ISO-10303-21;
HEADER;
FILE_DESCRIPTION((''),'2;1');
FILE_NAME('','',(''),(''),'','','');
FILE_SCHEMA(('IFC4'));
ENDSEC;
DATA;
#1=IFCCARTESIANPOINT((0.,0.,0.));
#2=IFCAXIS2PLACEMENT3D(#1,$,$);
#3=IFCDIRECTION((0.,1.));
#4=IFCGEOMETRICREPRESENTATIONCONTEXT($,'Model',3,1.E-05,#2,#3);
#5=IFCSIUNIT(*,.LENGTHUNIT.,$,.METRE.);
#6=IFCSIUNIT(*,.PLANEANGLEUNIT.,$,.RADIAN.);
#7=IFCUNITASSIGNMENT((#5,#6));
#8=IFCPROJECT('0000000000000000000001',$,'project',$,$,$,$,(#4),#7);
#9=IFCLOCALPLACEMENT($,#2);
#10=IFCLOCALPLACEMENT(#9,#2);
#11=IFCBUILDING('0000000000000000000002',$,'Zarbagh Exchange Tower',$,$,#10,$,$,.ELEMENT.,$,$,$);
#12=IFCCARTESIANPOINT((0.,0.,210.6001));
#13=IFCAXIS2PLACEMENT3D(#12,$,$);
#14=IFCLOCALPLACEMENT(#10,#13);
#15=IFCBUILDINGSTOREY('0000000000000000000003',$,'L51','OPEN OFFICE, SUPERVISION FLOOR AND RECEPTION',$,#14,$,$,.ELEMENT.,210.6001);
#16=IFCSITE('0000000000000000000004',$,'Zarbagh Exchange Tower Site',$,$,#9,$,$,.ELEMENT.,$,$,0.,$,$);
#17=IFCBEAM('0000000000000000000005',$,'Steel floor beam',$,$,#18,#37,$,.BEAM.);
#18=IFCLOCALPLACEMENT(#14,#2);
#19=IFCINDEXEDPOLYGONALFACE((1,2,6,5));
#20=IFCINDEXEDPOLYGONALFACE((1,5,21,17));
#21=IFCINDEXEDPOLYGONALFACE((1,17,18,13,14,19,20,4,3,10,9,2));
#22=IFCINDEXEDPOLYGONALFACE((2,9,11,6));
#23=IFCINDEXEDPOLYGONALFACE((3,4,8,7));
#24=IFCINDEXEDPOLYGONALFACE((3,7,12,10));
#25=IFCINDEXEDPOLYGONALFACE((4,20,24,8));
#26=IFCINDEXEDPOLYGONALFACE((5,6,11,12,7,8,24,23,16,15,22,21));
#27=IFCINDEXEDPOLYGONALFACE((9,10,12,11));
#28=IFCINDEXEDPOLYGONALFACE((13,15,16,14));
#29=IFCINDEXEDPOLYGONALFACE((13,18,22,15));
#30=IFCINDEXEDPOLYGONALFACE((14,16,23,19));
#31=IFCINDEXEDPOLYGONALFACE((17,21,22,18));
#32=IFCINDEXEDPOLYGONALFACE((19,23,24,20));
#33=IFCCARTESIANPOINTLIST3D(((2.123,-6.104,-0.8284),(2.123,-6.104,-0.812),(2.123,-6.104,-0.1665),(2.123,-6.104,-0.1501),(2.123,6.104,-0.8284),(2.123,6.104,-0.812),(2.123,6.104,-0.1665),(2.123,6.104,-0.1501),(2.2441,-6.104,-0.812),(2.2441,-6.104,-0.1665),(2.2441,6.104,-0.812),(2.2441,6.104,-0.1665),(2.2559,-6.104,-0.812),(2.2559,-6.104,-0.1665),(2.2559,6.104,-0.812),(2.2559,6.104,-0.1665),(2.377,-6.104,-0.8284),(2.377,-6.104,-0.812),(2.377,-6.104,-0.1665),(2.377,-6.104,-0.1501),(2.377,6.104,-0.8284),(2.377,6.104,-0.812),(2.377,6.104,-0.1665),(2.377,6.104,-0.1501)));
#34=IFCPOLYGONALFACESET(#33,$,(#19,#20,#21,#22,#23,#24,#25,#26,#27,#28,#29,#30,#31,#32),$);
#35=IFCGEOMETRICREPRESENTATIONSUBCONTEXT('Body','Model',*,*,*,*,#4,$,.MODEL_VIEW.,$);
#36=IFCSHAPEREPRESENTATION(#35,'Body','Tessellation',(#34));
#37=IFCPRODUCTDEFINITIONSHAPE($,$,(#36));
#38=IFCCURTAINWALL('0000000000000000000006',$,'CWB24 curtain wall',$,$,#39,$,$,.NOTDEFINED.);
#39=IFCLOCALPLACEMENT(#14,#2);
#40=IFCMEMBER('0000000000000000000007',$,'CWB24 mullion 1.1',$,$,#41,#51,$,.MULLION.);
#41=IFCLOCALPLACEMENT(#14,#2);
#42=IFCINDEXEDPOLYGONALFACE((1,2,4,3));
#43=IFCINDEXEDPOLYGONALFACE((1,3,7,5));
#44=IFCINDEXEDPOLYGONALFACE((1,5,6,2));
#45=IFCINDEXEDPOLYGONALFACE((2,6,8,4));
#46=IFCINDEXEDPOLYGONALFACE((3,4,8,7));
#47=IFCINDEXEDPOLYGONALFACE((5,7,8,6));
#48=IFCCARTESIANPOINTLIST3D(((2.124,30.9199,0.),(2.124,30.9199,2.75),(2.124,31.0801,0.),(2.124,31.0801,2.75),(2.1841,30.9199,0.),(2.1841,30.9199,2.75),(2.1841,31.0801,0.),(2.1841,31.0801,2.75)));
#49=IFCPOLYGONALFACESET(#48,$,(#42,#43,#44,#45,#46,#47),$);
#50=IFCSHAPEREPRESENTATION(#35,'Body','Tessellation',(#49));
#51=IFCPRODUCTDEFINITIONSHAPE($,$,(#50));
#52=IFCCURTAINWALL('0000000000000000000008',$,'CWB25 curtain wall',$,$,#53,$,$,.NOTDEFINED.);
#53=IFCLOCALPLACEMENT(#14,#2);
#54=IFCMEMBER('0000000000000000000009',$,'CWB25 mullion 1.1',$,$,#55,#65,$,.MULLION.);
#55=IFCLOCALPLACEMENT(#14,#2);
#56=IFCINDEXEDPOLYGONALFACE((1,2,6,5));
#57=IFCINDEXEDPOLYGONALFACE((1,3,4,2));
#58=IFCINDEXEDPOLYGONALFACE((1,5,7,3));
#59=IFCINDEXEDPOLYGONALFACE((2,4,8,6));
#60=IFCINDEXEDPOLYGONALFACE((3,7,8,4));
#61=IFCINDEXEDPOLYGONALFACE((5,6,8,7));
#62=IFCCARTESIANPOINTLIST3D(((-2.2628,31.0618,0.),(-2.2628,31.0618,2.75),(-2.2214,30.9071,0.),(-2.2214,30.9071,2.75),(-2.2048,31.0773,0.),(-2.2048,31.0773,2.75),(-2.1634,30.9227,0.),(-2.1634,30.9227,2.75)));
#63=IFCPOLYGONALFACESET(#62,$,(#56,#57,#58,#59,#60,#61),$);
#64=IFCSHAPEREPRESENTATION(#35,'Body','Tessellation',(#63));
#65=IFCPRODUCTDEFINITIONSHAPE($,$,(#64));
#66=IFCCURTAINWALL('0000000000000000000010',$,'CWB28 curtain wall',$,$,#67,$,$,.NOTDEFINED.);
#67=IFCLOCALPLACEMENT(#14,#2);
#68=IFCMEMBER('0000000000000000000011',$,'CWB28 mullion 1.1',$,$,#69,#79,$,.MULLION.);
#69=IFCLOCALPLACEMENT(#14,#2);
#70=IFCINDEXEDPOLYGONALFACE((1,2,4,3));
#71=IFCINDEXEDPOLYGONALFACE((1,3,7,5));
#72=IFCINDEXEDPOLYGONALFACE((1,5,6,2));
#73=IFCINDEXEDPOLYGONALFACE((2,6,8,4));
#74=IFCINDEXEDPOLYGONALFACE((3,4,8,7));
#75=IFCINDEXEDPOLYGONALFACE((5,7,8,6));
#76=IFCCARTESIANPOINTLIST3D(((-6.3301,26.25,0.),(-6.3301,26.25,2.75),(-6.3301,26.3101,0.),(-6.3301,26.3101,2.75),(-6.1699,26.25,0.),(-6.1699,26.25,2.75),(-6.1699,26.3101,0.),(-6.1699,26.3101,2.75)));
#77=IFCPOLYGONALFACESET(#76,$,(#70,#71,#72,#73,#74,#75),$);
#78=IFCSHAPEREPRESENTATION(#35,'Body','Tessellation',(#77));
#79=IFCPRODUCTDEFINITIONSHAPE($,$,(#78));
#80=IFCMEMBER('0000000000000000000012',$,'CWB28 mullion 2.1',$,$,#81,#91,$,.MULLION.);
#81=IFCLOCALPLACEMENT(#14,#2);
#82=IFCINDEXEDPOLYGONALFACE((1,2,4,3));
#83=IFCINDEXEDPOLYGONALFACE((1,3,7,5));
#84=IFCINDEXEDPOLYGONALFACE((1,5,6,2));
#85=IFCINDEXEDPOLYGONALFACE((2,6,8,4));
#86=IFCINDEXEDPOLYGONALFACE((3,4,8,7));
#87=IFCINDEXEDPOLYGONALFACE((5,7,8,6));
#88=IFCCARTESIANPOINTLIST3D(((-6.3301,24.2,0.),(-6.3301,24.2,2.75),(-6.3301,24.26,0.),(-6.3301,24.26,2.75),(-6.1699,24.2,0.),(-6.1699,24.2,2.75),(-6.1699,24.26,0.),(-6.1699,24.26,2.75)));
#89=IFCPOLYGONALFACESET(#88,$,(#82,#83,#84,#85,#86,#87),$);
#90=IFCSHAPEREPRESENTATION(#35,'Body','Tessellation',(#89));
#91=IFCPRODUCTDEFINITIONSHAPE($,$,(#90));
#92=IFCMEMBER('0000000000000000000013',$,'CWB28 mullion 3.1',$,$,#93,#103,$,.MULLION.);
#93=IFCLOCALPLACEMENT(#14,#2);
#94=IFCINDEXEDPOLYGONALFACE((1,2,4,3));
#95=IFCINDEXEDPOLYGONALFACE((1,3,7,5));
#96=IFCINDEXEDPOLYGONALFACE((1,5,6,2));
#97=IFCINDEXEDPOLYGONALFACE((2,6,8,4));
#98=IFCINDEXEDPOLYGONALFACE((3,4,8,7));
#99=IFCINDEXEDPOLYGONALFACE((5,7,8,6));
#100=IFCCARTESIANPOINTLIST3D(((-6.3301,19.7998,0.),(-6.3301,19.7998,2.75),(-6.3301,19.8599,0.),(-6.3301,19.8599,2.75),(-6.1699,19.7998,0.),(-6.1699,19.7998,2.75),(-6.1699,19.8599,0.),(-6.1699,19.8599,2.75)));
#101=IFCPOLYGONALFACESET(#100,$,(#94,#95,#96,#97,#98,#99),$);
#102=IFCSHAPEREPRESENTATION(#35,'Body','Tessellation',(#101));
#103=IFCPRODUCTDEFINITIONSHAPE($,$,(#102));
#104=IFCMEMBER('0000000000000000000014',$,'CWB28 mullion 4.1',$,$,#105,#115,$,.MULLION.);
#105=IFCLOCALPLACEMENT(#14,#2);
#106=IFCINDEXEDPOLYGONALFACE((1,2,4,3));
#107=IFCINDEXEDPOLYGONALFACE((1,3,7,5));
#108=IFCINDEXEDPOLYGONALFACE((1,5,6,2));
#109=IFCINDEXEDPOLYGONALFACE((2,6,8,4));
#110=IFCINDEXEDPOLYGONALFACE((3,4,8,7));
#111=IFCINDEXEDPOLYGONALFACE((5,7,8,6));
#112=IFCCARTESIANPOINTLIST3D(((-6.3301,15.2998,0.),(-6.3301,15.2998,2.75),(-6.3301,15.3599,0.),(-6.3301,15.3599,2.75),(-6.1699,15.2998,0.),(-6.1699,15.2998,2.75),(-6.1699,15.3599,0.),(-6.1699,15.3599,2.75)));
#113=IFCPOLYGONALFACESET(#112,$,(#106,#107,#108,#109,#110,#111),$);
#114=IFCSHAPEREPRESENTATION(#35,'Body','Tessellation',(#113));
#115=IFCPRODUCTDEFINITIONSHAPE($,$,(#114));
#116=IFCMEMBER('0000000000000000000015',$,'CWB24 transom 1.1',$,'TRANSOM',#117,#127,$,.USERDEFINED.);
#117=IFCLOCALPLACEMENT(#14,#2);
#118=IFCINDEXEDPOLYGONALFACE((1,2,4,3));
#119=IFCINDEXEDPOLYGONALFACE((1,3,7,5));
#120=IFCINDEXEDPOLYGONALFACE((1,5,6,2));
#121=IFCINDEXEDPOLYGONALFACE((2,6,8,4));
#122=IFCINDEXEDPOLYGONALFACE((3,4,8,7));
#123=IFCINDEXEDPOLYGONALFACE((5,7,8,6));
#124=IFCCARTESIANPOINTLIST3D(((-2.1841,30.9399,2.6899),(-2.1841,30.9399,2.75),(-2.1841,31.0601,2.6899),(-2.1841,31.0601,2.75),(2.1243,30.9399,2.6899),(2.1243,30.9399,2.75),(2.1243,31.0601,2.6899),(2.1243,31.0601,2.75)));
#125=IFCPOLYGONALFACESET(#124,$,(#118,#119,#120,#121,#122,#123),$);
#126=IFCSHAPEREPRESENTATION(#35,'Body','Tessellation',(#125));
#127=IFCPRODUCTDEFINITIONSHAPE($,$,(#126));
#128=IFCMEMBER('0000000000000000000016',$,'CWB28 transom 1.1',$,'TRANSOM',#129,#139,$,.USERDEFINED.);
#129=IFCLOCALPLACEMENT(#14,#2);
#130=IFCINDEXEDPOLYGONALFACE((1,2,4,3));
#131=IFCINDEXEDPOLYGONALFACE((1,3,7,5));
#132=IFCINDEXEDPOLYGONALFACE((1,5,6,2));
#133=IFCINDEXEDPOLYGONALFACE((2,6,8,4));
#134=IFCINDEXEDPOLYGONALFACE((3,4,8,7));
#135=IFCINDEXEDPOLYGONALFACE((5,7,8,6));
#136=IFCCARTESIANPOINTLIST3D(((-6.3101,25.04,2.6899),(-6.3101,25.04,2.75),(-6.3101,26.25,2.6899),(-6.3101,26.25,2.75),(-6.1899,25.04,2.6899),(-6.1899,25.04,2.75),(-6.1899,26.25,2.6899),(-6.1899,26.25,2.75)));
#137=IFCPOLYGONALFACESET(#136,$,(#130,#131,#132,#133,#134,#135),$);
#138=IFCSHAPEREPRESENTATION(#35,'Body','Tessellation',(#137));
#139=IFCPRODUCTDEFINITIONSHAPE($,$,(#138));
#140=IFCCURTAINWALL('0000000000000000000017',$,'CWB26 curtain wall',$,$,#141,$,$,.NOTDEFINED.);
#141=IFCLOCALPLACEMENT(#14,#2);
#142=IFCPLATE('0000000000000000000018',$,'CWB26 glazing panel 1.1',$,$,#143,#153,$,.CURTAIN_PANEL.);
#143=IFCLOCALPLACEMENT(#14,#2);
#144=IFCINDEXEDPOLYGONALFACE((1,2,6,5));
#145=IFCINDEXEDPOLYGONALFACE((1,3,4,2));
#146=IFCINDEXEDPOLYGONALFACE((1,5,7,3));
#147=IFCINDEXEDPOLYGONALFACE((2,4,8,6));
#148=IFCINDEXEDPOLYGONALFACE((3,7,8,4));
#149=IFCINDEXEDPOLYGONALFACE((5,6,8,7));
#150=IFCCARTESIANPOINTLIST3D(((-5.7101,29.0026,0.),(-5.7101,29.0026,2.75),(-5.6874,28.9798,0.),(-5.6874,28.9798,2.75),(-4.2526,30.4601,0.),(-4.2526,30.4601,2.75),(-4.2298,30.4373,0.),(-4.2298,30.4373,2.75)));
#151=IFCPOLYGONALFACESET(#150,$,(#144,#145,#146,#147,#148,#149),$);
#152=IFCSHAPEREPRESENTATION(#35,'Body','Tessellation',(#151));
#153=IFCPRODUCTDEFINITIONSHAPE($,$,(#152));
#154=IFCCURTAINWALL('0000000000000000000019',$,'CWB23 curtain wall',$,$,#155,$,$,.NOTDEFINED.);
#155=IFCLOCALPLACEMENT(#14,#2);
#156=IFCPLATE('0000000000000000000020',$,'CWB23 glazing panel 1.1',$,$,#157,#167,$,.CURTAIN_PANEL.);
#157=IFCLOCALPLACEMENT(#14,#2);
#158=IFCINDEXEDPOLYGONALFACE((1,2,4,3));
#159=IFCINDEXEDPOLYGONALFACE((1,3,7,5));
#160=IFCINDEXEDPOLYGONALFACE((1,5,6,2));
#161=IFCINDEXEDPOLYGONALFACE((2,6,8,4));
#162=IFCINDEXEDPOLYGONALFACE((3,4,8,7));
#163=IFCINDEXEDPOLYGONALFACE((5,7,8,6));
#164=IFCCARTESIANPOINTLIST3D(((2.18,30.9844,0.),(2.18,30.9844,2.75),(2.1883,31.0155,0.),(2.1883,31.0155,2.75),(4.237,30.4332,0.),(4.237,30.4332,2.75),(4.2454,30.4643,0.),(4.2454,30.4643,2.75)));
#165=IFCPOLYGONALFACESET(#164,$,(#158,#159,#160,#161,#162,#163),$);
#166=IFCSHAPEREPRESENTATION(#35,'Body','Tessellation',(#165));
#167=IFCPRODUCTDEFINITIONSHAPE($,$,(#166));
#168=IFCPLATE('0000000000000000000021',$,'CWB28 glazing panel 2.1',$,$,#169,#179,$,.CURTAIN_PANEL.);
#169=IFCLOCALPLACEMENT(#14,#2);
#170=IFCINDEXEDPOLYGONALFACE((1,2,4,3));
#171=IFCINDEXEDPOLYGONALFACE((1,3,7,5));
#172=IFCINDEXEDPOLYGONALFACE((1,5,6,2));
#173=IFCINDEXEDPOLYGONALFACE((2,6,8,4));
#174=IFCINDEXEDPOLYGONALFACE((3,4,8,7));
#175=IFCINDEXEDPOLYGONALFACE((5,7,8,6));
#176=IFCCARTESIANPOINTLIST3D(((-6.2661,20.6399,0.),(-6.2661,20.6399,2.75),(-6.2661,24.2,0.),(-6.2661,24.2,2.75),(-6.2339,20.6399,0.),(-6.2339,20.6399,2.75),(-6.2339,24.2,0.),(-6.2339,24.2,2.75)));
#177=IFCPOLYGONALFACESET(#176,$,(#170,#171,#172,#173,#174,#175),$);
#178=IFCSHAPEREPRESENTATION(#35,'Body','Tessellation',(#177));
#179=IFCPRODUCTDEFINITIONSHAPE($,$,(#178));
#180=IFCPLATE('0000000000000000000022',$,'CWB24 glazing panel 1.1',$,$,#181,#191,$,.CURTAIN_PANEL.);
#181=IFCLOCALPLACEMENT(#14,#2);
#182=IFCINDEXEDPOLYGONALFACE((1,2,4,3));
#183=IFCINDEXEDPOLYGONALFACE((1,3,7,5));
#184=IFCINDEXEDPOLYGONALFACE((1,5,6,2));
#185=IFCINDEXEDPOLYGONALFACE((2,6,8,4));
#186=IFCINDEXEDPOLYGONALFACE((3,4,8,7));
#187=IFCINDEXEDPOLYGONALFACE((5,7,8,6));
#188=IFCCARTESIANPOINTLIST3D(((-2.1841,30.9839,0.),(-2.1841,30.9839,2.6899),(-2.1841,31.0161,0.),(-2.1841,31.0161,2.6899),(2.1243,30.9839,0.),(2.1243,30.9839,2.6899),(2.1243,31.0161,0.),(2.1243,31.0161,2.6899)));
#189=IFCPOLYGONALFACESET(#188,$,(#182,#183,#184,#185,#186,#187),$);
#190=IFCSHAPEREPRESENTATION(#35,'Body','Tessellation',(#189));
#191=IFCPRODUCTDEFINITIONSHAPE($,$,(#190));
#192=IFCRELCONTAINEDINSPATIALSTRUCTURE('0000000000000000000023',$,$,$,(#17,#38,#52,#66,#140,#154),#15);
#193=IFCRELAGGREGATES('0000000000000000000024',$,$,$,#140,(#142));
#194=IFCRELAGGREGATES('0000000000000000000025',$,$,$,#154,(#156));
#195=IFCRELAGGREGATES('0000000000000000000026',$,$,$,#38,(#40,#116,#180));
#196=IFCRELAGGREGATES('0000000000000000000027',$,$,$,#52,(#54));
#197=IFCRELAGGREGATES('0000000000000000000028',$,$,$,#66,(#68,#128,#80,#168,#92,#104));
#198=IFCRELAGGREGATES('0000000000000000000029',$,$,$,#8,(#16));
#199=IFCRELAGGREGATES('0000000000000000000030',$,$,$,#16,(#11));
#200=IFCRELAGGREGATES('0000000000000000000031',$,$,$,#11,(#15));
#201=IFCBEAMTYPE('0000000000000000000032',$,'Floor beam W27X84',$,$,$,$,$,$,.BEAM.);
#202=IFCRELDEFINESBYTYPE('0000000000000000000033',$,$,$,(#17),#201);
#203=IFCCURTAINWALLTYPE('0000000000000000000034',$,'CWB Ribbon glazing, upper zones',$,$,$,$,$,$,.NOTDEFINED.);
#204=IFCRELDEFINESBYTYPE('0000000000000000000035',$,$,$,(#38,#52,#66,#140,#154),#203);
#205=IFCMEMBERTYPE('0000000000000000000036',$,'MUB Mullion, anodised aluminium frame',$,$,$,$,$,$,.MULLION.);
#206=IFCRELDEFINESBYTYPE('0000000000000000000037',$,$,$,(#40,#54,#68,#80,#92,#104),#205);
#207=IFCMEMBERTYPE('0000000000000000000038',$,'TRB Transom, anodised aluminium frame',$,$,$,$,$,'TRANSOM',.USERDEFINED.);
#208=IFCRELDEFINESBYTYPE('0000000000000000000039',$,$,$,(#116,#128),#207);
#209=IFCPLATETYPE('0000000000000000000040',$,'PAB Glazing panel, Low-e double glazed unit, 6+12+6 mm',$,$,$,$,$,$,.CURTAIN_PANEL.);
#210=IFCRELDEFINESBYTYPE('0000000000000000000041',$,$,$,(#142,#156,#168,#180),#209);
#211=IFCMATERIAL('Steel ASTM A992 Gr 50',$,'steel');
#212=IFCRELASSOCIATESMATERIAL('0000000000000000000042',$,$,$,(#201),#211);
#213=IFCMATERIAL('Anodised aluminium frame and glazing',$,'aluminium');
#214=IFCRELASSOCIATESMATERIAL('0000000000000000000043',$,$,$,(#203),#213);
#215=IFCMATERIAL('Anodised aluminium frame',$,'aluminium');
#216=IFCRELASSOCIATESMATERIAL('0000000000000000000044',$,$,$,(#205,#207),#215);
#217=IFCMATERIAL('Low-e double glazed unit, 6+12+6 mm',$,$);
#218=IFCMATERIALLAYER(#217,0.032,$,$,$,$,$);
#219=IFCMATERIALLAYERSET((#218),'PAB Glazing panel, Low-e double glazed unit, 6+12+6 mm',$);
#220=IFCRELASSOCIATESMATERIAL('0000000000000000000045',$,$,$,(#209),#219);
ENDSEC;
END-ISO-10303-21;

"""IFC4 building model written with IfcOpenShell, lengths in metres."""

from ifc_helpers import new_model, si_unit, direction, frame, origin, origin_2d, place, context, subcontext, project, spatial, polyline, i_section, outline, extrude, source, transform, mapped, material, layer, layer_set, material_profile, profile_set, type_object, element, aggregate, save


model = new_model("IFC4")

# Units and contexts
model_context = context("Model", 3, precision=1e-05, world=origin(), true_north=direction((0.0, 1.0)))
body_context = subcontext(model_context, "Body", "Model", "MODEL_VIEW")
ifc_project = project(units=[si_unit("LENGTHUNIT", "METRE"), si_unit("PLANEANGLEUNIT", "RADIAN")], contexts=[model_context])

# Site, building, storey
site_placement = place(None, origin())
site = spatial("IfcSite", under=ifc_project, at=site_placement, Name="Zarbagh Exchange Tower Site", CompositionType="ELEMENT", RefElevation=0.0)
building_placement = place(site_placement, origin())
building = spatial("IfcBuilding", under=site, at=building_placement, Name="Zarbagh Exchange Tower", CompositionType="ELEMENT")
storey_placement = place(building_placement, frame((0.0, 0.0, 210.6001)))
storey = spatial("IfcBuildingStorey", under=building, at=storey_placement, Name="L51", Description="OPEN OFFICE, SUPERVISION FLOOR AND RECEPTION", CompositionType="ELEMENT", Elevation=210.6001)

# Beam
ifc_material_1 = material(Name="Steel ASTM A992 Gr 50", Category="steel")
ifc_material_profile = material_profile(ifc_material_1, i_section(OverallWidth=0.2539, OverallDepth=0.6782, WebThickness=0.0117, FlangeThickness=0.0164, at=origin_2d()), Name="W27X84")
ifc_profile_set = profile_set([ifc_material_profile], Name="Steel ASTM A992 Gr 50")
beam_type = type_object("IfcBeamType", Name="Floor beam W27X84", PredefinedType="BEAM", material=ifc_profile_set)
beam_placement = place(storey_placement, frame((2.25, -6.104, -0.4893), z_axis=(0.0, 1.0, 0.0), x_axis=(-1.0, 0.0, 0.0)))
element("IfcBeam", 1, at=beam_placement, inside=storey, type_object=beam_type, Name="Steel floor beam", PredefinedType="BEAM", context=body_context, shape_type="SweptSolid", body=[
    extrude(i_section(OverallWidth=0.2539, OverallDepth=0.6782, WebThickness=0.0117, FlangeThickness=0.0164, at=origin_2d()), origin(), (0.0, 0.0, 1.0), 12.208),
])

# Curtain walls, members
ifc_material_2 = material(Name="Anodised aluminium frame and glazing", Category="aluminium")
curtain_wall_type = type_object("IfcCurtainWallType", Name="CWB Ribbon glazing, upper zones", PredefinedType="NOTDEFINED", material=ifc_material_2)
curtain_wall_1_placement = place(storey_placement, origin())
curtain_wall_1 = element("IfcCurtainWall", 2, at=curtain_wall_1_placement, inside=storey, type_object=curtain_wall_type, Name="CWB24 curtain wall", PredefinedType="NOTDEFINED")
ifc_material_3 = material(Name="Anodised aluminium frame", Category="aluminium")
member_type_1 = type_object("IfcMemberType", Name="MUB Mullion, anodised aluminium frame", PredefinedType="MULLION", material=ifc_material_3)
shared_shape_1 = source(origin(), body_context, "Body", "SweptSolid", [
    extrude(outline(polyline([(0.0, -0.0801), (0.0601, -0.0801), (0.0601, 0.0801), (0.0, 0.0801), (0.0, -0.0801)])), origin(), (0.0, 0.0, 1.0), 2.75),
])
placement = place(storey_placement, origin())
member_1 = element("IfcMember", 3, at=placement, type_object=member_type_1, Name="CWB24 mullion 1.1", PredefinedType="MULLION", context=body_context, shape_type="MappedRepresentation", body=[
    mapped(shared_shape_1, transform((2.1841, 31.0, 0.0), x_axis=(-1.0, 0.0, 0.0), y_axis=(0.0, -1.0, 0.0), z_axis=(0.0, 0.0, 1.0))),
])
curtain_wall_2_placement = place(storey_placement, origin())
curtain_wall_2 = element("IfcCurtainWall", 4, at=curtain_wall_2_placement, inside=storey, type_object=curtain_wall_type, Name="CWB25 curtain wall", PredefinedType="NOTDEFINED")
member_2 = element("IfcMember", 5, at=placement, type_object=member_type_1, Name="CWB25 mullion 1.1", PredefinedType="MULLION", context=body_context, shape_type="MappedRepresentation", body=[
    mapped(shared_shape_1, transform((-2.1841, 31.0, 0.0), x_axis=(-0.965924, -0.258825, 0.0), y_axis=(0.258825, -0.965924, 0.0), z_axis=(0.0, 0.0, 1.0))),
])

# Curtain wall, members
curtain_wall_3_placement = place(storey_placement, origin())
curtain_wall_3 = element("IfcCurtainWall", 6, at=curtain_wall_3_placement, inside=storey, type_object=curtain_wall_type, Name="CWB28 curtain wall", PredefinedType="NOTDEFINED")
member_3 = element("IfcMember", 7, at=placement, type_object=member_type_1, Name="CWB28 mullion 1.1", PredefinedType="MULLION", context=body_context, shape_type="MappedRepresentation", body=[
    mapped(shared_shape_1, transform((-6.25, 26.3101, 0.0), x_axis=(0.0, -1.0, 0.0), y_axis=(1.0, 0.0, 0.0), z_axis=(0.0, 0.0, 1.0))),
])
member_4 = element("IfcMember", 8, at=placement, type_object=member_type_1, Name="CWB28 mullion 2.1", PredefinedType="MULLION", context=body_context, shape_type="MappedRepresentation", body=[
    mapped(shared_shape_1, transform((-6.25, 24.26, 0.0), x_axis=(0.0, -1.0, 0.0), y_axis=(1.0, 0.0, 0.0), z_axis=(0.0, 0.0, 1.0))),
])
member_5 = element("IfcMember", 9, at=placement, type_object=member_type_1, Name="CWB28 mullion 3.1", PredefinedType="MULLION", context=body_context, shape_type="MappedRepresentation", body=[
    mapped(shared_shape_1, transform((-6.25, 19.8599, 0.0), x_axis=(0.0, -1.0, 0.0), y_axis=(1.0, 0.0, 0.0), z_axis=(0.0, 0.0, 1.0))),
])
member_6 = element("IfcMember", 10, at=placement, type_object=member_type_1, Name="CWB28 mullion 4.1", PredefinedType="MULLION", context=body_context, shape_type="MappedRepresentation", body=[
    mapped(shared_shape_1, transform((-6.25, 15.3599, 0.0), x_axis=(0.0, -1.0, 0.0), y_axis=(1.0, 0.0, 0.0), z_axis=(0.0, 0.0, 1.0))),
])

# Members
member_type_2 = type_object("IfcMemberType", Name="TRB Transom, anodised aluminium frame", ElementType="TRANSOM", PredefinedType="USERDEFINED", material=ifc_material_3)
shared_shape_2 = source(origin(), body_context, "Body", "SweptSolid", [
    extrude(outline(polyline([(-0.0601, -0.0601), (0.0, -0.0601), (0.0, 0.0601), (-0.0601, 0.0601), (-0.0601, -0.0601)])), origin(), (0.0, 0.0, 1.0), 4.3083),
])
member_7 = element("IfcMember", 11, at=placement, type_object=member_type_2, Name="CWB24 transom 1.1", ObjectType="TRANSOM", PredefinedType="USERDEFINED", context=body_context, shape_type="MappedRepresentation", body=[
    mapped(shared_shape_2, transform((2.1243, 31.0, 2.75), x_axis=(0.0, 0.0, 1.0), y_axis=(0.0, 1.0, 0.0), z_axis=(-1.0, 0.0, 0.0))),
])
shared_shape_3 = source(origin(), body_context, "Body", "SweptSolid", [
    extrude(outline(polyline([(-0.0601, -0.0601), (0.0, -0.0601), (0.0, 0.0601), (-0.0601, 0.0601), (-0.0601, -0.0601)])), origin(), (0.0, 0.0, 1.0), 1.21),
])
member_8 = element("IfcMember", 12, at=placement, type_object=member_type_2, Name="CWB28 transom 1.1", ObjectType="TRANSOM", PredefinedType="USERDEFINED", context=body_context, shape_type="MappedRepresentation", body=[
    mapped(shared_shape_3, transform((-6.25, 26.25, 2.75), x_axis=(0.0, 0.0, 1.0), y_axis=(-1.0, 0.0, 0.0), z_axis=(0.0, -1.0, 0.0))),
])

# Curtain walls, plates
curtain_wall_4_placement = place(storey_placement, origin())
curtain_wall_4 = element("IfcCurtainWall", 13, at=curtain_wall_4_placement, inside=storey, type_object=curtain_wall_type, Name="CWB26 curtain wall", PredefinedType="NOTDEFINED")
ifc_material_4 = material(Name="Low-e double glazed unit, 6+12+6 mm")
ifc_layer_1 = layer(ifc_material_4, 0.032)
ifc_layer_set_1 = layer_set([ifc_layer_1], Name="PAB Glazing panel, Low-e double glazed unit, 6+12+6 mm")
plate_type = type_object("IfcPlateType", Name="PAB Glazing panel, Low-e double glazed unit, 6+12+6 mm", PredefinedType="CURTAIN_PANEL", material=ifc_layer_set_1)
shared_shape_4 = source(origin(), body_context, "Body", "SweptSolid", [
    extrude(outline(polyline([(0.0, -0.0161), (2.0613, -0.0161), (2.0613, 0.0161), (0.0, 0.0161), (0.0, -0.0161)])), origin(), (0.0, 0.0, 1.0), 2.75),
])
plate_1 = element("IfcPlate", 14, at=placement, type_object=plate_type, Name="CWB26 glazing panel 1.1", PredefinedType="CURTAIN_PANEL", context=body_context, shape_type="MappedRepresentation", body=[
    mapped(shared_shape_4, transform((-4.2412, 30.4487, 0.0), x_axis=(-0.707107, -0.707107, 0.0), y_axis=(0.707107, -0.707107, 0.0), z_axis=(0.0, 0.0, 1.0))),
])
aggregate(curtain_wall_4, [plate_1])
curtain_wall_5_placement = place(storey_placement, origin())
curtain_wall_5 = element("IfcCurtainWall", 15, at=curtain_wall_5_placement, inside=storey, type_object=curtain_wall_type, Name="CWB23 curtain wall", PredefinedType="NOTDEFINED")
shared_shape_5 = source(origin(), body_context, "Body", "SweptSolid", [
    extrude(outline(polyline([(0.0, -0.0161), (2.1296, -0.0161), (2.1296, 0.0161), (0.0, 0.0161), (0.0, -0.0161)])), origin(), (0.0, 0.0, 1.0), 2.75),
])
plate_2 = element("IfcPlate", 16, at=placement, type_object=plate_type, Name="CWB23 glazing panel 1.1", PredefinedType="CURTAIN_PANEL", context=body_context, shape_type="MappedRepresentation", body=[
    mapped(shared_shape_5, transform((4.2412, 30.4487, 0.0), x_axis=(-0.965924, 0.258825, 0.0), y_axis=(-0.258825, -0.965924, 0.0), z_axis=(0.0, 0.0, 1.0))),
])
aggregate(curtain_wall_5, [plate_2])

# Plates
shared_shape_6 = source(origin(), body_context, "Body", "SweptSolid", [
    extrude(outline(polyline([(0.0, -0.0161), (3.5601, -0.0161), (3.5601, 0.0161), (0.0, 0.0161), (0.0, -0.0161)])), origin(), (0.0, 0.0, 1.0), 2.75),
])
plate_3 = element("IfcPlate", 17, at=placement, type_object=plate_type, Name="CWB28 glazing panel 2.1", PredefinedType="CURTAIN_PANEL", context=body_context, shape_type="MappedRepresentation", body=[
    mapped(shared_shape_6, transform((-6.25, 24.2, 0.0), x_axis=(0.0, -1.0, 0.0), y_axis=(1.0, 0.0, 0.0), z_axis=(0.0, 0.0, 1.0))),
])
shared_shape_7 = source(origin(), body_context, "Body", "SweptSolid", [
    extrude(outline(polyline([(0.0, -0.0161), (4.3083, -0.0161), (4.3083, 0.0161), (0.0, 0.0161), (0.0, -0.0161)])), origin(), (0.0, 0.0, 1.0), 2.6899),
])
plate_4 = element("IfcPlate", 18, at=placement, type_object=plate_type, Name="CWB24 glazing panel 1.1", PredefinedType="CURTAIN_PANEL", context=body_context, shape_type="MappedRepresentation", body=[
    mapped(shared_shape_7, transform((2.1243, 31.0, 0.0), x_axis=(-1.0, 0.0, 0.0), y_axis=(0.0, -1.0, 0.0), z_axis=(0.0, 0.0, 1.0))),
])
aggregate(curtain_wall_1, [member_1, member_7, plate_4])
aggregate(curtain_wall_2, [member_2])

aggregate(curtain_wall_3, [member_3, member_8, member_4, plate_3, member_5, member_6])

save(model, "model.ifc")
